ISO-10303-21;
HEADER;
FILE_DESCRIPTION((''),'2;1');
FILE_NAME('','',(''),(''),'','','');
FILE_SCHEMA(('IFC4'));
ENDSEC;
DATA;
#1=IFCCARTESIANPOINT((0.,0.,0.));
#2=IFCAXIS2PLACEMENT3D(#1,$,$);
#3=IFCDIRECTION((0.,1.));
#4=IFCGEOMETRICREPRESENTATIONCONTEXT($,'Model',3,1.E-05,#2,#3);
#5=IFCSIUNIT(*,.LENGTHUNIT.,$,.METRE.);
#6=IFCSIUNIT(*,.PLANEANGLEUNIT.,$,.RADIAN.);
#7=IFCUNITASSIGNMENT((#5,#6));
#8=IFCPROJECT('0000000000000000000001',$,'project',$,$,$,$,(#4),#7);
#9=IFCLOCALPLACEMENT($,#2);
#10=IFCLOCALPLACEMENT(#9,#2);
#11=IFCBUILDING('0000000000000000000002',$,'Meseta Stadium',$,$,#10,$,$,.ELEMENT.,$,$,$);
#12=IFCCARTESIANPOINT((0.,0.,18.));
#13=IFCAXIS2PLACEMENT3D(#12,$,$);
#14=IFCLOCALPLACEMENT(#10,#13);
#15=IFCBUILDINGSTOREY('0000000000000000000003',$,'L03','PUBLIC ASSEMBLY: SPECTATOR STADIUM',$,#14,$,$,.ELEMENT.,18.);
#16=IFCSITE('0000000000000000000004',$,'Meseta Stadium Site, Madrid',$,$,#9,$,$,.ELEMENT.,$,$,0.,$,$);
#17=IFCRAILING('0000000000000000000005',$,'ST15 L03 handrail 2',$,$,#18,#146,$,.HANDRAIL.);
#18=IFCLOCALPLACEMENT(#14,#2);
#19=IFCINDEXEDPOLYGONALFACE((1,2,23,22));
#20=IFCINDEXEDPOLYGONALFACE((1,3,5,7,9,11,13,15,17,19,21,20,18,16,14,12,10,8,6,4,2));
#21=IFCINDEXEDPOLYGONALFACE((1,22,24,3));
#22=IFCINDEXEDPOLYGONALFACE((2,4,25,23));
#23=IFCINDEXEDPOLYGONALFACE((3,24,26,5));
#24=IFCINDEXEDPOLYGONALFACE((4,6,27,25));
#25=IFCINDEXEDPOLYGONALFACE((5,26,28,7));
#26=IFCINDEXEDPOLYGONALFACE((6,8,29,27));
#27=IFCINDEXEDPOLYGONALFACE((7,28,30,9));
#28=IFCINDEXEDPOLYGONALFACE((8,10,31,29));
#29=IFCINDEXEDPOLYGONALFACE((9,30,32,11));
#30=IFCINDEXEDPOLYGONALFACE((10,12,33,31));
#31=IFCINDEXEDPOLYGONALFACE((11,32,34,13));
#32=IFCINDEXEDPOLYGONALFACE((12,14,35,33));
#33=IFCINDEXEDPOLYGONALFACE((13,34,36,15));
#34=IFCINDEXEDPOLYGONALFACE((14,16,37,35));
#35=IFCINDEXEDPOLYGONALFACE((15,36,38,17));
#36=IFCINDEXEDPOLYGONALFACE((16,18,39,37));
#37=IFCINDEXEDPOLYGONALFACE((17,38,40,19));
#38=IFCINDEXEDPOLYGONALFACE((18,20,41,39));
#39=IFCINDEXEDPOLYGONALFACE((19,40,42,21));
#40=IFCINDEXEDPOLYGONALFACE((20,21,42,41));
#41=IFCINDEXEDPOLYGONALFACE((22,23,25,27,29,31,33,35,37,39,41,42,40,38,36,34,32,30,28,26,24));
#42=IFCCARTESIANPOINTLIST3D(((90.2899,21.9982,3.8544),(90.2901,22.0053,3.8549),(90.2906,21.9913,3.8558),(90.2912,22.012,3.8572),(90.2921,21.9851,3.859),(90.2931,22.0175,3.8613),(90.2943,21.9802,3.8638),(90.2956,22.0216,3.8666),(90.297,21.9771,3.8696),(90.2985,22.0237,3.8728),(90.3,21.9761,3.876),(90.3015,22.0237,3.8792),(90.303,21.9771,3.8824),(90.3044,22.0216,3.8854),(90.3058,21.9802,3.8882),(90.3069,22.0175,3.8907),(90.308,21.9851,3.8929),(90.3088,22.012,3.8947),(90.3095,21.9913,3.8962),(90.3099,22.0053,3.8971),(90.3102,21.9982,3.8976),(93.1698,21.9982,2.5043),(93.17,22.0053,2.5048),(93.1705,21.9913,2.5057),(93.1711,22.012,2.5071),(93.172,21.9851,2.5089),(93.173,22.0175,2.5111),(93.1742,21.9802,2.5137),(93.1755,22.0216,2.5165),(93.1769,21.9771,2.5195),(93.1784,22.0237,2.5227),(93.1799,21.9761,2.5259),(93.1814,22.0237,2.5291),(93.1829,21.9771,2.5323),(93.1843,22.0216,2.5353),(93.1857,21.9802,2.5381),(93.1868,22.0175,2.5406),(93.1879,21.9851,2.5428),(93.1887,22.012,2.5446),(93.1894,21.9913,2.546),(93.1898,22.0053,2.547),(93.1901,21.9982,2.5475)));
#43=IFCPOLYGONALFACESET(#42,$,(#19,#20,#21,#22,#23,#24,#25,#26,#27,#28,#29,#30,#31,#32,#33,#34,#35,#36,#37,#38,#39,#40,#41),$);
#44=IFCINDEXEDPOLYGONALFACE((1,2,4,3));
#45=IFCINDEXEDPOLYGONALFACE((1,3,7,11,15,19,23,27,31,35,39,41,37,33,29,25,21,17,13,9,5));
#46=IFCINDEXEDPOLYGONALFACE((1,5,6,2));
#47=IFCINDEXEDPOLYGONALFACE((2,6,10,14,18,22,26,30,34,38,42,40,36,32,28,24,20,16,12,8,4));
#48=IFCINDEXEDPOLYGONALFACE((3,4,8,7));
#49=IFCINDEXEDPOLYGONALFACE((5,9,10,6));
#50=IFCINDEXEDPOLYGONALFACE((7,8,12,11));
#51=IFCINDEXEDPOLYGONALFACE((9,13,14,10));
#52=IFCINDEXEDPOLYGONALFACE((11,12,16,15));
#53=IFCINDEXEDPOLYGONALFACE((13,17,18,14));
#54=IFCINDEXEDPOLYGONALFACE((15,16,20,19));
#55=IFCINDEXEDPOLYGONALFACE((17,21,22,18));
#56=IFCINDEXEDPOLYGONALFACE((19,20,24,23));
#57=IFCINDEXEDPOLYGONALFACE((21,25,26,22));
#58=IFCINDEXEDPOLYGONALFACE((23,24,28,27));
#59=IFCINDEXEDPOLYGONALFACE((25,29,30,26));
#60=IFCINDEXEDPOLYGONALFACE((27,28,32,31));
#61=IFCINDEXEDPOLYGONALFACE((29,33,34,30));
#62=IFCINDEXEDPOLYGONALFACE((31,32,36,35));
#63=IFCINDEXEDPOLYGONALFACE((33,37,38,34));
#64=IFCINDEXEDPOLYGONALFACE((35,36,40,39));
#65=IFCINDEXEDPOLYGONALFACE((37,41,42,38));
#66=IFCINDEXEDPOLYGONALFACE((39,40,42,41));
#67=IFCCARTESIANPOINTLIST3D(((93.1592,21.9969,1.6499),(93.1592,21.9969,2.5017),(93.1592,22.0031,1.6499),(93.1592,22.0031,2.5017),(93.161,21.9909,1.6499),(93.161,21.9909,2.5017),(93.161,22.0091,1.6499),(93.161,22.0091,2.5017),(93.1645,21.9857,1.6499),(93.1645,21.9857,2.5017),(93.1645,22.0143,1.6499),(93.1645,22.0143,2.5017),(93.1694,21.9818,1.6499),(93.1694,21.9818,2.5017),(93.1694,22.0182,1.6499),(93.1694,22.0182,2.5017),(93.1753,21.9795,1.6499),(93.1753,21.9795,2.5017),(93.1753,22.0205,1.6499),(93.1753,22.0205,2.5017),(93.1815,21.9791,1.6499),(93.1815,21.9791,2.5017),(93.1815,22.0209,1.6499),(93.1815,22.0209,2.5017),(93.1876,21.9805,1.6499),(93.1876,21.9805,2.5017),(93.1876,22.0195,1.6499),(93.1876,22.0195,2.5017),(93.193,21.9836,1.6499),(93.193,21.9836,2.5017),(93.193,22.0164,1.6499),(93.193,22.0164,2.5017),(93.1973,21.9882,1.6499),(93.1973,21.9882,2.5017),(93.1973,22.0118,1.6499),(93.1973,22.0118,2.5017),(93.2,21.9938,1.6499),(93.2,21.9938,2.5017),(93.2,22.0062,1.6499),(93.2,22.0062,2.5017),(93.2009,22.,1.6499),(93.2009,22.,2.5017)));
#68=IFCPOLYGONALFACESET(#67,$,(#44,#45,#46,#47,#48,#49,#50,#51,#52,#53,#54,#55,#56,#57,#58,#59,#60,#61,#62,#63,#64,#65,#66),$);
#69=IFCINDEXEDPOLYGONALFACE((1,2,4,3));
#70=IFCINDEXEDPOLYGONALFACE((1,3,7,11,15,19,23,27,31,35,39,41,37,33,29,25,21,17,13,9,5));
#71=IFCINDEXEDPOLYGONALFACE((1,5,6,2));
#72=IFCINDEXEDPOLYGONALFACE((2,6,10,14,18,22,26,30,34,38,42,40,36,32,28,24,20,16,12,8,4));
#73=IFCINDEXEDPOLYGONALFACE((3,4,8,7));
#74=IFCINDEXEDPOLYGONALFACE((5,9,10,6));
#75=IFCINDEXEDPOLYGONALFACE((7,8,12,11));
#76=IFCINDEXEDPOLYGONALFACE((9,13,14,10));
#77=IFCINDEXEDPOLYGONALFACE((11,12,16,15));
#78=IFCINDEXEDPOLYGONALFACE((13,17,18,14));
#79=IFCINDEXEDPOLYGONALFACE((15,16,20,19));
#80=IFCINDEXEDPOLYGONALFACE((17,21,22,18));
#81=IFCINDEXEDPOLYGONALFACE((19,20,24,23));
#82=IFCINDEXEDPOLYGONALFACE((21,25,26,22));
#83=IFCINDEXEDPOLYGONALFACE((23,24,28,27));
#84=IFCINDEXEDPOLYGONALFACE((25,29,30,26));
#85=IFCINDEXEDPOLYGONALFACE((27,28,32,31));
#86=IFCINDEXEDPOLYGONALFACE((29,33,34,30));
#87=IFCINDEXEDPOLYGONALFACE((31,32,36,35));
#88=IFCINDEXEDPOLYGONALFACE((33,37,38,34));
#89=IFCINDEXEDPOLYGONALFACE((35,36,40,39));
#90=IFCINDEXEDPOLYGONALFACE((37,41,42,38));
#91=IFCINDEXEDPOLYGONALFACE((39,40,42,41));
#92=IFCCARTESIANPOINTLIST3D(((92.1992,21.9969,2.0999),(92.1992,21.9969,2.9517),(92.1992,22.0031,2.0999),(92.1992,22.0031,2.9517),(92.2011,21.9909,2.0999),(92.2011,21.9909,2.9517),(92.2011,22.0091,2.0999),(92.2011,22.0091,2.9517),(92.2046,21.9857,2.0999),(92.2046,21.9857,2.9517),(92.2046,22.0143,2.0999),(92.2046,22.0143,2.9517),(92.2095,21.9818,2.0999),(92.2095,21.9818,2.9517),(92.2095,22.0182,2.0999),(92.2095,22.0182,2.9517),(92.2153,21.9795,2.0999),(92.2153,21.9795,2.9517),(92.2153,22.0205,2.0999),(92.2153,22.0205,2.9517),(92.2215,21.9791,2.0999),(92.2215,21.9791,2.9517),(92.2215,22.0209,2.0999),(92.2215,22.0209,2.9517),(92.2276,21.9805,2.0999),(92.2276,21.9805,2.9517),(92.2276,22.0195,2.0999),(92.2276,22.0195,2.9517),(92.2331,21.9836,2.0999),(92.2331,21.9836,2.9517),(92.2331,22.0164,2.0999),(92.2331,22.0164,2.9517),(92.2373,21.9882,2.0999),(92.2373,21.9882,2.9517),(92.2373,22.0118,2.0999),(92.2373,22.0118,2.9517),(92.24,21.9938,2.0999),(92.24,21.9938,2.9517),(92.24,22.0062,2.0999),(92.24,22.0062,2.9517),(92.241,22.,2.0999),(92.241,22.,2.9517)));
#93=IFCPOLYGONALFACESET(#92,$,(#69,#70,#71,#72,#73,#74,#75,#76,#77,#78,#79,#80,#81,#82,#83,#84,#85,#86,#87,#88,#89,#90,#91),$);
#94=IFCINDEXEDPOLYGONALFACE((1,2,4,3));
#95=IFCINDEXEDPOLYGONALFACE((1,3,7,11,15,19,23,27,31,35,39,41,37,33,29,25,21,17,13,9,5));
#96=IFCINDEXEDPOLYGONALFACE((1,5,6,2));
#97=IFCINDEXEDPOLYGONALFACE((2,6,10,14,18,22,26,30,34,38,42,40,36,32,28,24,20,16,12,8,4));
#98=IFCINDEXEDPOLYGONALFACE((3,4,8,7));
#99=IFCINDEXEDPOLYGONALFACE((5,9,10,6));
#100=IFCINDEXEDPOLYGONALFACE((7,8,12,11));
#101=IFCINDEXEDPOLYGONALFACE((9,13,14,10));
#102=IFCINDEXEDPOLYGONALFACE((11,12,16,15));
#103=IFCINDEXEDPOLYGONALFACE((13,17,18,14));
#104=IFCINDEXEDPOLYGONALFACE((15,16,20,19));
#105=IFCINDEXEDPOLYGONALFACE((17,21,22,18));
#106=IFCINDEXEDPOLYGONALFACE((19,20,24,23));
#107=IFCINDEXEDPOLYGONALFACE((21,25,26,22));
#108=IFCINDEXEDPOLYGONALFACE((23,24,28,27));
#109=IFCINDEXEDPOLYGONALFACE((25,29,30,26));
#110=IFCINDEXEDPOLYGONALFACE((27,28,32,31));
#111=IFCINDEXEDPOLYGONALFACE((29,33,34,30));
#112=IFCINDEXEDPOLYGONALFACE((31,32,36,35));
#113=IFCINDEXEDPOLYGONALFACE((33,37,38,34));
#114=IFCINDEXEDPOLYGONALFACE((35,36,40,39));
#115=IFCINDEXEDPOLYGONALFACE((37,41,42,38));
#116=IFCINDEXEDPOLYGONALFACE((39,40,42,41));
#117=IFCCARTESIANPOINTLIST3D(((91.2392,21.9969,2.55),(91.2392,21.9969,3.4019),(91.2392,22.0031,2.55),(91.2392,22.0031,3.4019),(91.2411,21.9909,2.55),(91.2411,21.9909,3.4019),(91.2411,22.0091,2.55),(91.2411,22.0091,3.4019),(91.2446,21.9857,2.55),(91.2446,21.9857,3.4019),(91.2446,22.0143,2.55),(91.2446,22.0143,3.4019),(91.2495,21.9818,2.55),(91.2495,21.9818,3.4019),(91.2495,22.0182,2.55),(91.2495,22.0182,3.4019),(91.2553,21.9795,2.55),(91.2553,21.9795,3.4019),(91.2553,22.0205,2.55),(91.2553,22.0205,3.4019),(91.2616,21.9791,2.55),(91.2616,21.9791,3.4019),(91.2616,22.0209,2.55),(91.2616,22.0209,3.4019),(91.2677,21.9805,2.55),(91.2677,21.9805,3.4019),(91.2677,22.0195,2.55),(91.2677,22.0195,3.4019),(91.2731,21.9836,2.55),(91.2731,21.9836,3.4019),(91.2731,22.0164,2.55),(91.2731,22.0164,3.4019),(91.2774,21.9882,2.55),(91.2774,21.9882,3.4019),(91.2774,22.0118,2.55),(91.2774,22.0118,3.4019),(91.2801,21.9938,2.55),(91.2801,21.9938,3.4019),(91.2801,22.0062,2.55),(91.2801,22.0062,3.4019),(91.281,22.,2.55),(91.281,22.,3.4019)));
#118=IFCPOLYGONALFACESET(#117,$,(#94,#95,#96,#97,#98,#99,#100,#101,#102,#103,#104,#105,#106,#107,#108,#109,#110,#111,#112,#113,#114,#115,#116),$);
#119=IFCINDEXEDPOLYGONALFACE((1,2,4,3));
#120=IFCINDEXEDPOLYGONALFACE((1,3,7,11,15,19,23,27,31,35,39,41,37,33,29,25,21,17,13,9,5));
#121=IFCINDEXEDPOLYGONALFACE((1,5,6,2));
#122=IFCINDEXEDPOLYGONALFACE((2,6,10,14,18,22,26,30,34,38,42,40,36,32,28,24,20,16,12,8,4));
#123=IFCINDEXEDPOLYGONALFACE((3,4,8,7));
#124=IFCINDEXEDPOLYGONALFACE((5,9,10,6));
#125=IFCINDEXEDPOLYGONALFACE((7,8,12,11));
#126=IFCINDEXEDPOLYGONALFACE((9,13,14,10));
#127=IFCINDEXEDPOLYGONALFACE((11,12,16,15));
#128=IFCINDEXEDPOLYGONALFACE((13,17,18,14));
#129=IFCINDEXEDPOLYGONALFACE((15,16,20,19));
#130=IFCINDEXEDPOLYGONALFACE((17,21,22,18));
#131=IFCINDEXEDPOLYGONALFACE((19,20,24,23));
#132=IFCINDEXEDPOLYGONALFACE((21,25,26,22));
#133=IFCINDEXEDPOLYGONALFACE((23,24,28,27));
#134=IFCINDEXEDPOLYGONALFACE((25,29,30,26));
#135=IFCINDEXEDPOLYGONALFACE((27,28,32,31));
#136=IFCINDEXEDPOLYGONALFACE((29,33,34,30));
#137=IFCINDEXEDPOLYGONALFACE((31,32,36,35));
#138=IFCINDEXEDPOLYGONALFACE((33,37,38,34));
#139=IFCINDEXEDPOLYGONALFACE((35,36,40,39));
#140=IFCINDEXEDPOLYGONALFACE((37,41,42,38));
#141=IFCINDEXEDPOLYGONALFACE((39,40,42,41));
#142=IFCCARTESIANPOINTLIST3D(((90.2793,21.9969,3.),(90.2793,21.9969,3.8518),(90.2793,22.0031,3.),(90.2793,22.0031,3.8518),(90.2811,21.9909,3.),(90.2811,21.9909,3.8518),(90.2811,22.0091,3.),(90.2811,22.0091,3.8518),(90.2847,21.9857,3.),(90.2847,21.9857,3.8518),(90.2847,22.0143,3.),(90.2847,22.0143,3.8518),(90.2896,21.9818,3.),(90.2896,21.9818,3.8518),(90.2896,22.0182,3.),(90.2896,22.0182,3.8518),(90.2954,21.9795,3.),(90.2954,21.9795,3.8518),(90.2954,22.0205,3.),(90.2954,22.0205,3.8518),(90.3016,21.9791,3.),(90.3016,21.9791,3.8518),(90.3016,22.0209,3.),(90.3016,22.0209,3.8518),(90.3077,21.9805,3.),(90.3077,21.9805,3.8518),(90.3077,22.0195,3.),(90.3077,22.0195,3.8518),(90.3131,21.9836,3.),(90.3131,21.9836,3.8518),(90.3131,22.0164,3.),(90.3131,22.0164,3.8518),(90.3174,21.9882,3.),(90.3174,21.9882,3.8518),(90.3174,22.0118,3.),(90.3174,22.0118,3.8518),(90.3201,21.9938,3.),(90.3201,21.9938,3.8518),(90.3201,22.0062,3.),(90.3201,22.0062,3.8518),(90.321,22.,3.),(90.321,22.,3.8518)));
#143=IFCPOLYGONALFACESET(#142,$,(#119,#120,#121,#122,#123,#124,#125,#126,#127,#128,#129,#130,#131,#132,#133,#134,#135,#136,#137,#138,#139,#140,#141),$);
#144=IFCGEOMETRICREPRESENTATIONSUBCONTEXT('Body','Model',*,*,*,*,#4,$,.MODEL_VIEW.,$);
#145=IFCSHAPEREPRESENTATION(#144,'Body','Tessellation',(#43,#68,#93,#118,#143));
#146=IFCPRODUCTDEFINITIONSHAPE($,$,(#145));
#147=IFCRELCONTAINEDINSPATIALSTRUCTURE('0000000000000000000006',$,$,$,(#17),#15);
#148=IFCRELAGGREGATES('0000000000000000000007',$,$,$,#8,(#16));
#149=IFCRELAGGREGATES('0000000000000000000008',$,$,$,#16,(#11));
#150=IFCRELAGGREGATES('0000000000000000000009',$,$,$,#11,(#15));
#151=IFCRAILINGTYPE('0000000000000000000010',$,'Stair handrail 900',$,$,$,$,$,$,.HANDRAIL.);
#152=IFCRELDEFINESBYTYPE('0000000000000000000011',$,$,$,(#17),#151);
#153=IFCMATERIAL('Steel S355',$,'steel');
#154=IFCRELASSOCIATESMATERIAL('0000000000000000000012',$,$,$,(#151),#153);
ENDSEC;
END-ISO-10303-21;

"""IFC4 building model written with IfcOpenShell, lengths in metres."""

from ifc_helpers import new_model, si_unit, direction, frame, origin, origin_2d, place, context, subcontext, project, spatial, circle, extrude, material, type_object, element, save


model = new_model("IFC4")

# Units and contexts
model_context = context("Model", 3, precision=1e-05, world=origin(), true_north=direction((0.0, 1.0)))
body_context = subcontext(model_context, "Body", "Model", "MODEL_VIEW")
ifc_project = project(units=[si_unit("LENGTHUNIT", "METRE"), si_unit("PLANEANGLEUNIT", "RADIAN")], contexts=[model_context])

# Site, building, storey
site_placement = place(None, origin())
site = spatial("IfcSite", under=ifc_project, at=site_placement, Name="Meseta Stadium Site, Madrid", CompositionType="ELEMENT", RefElevation=0.0)
building_placement = place(site_placement, origin())
building = spatial("IfcBuilding", under=site, at=building_placement, Name="Meseta Stadium", CompositionType="ELEMENT")
storey_placement = place(building_placement, frame((0.0, 0.0, 18.0)))
storey = spatial("IfcBuildingStorey", under=building, at=storey_placement, Name="L03", Description="PUBLIC ASSEMBLY: SPECTATOR STADIUM", CompositionType="ELEMENT", Elevation=18.0)

# Railing
ifc_material_1 = material(Name="Steel S355", Category="steel")
railing_type_1 = type_object("IfcRailingType", Name="Stair handrail 900", PredefinedType="HANDRAIL", material=ifc_material_1)
for number, where, name in (
    (1, (93.1799, 22.0, 1.6499), "ST15 L03 handrail 2"),
):
    element("IfcRailing", number, at=place(storey_placement, frame(where)), inside=storey, type_object=railing_type_1, Name=name, PredefinedType="HANDRAIL", context=body_context, shape_type="SweptSolid", body=[
        extrude(circle(Radius=0.0239, at=origin_2d()), frame((0.0, 0.0, 0.876), z_axis=(-0.90544, 0.0, 0.424473), x_axis=(0.0, -1.0, 0.0)), (0.0, 0.0, 1.0), 3.1807),
        extrude(circle(Radius=0.021, at=origin_2d()), origin(), (0.0, 0.0, 1.0), 0.8518),
        extrude(circle(Radius=0.021, at=origin_2d()), frame((-0.96, 0.0, 0.45)), (0.0, 0.0, 1.0), 0.8518),
        extrude(circle(Radius=0.021, at=origin_2d()), frame((-1.9199, 0.0, 0.9001)), (0.0, 0.0, 1.0), 0.8518),
        extrude(circle(Radius=0.021, at=origin_2d()), frame((-2.8799, 0.0, 1.3501)), (0.0, 0.0, 1.0), 0.8518),
    ])

save(model, "model.ifc")
